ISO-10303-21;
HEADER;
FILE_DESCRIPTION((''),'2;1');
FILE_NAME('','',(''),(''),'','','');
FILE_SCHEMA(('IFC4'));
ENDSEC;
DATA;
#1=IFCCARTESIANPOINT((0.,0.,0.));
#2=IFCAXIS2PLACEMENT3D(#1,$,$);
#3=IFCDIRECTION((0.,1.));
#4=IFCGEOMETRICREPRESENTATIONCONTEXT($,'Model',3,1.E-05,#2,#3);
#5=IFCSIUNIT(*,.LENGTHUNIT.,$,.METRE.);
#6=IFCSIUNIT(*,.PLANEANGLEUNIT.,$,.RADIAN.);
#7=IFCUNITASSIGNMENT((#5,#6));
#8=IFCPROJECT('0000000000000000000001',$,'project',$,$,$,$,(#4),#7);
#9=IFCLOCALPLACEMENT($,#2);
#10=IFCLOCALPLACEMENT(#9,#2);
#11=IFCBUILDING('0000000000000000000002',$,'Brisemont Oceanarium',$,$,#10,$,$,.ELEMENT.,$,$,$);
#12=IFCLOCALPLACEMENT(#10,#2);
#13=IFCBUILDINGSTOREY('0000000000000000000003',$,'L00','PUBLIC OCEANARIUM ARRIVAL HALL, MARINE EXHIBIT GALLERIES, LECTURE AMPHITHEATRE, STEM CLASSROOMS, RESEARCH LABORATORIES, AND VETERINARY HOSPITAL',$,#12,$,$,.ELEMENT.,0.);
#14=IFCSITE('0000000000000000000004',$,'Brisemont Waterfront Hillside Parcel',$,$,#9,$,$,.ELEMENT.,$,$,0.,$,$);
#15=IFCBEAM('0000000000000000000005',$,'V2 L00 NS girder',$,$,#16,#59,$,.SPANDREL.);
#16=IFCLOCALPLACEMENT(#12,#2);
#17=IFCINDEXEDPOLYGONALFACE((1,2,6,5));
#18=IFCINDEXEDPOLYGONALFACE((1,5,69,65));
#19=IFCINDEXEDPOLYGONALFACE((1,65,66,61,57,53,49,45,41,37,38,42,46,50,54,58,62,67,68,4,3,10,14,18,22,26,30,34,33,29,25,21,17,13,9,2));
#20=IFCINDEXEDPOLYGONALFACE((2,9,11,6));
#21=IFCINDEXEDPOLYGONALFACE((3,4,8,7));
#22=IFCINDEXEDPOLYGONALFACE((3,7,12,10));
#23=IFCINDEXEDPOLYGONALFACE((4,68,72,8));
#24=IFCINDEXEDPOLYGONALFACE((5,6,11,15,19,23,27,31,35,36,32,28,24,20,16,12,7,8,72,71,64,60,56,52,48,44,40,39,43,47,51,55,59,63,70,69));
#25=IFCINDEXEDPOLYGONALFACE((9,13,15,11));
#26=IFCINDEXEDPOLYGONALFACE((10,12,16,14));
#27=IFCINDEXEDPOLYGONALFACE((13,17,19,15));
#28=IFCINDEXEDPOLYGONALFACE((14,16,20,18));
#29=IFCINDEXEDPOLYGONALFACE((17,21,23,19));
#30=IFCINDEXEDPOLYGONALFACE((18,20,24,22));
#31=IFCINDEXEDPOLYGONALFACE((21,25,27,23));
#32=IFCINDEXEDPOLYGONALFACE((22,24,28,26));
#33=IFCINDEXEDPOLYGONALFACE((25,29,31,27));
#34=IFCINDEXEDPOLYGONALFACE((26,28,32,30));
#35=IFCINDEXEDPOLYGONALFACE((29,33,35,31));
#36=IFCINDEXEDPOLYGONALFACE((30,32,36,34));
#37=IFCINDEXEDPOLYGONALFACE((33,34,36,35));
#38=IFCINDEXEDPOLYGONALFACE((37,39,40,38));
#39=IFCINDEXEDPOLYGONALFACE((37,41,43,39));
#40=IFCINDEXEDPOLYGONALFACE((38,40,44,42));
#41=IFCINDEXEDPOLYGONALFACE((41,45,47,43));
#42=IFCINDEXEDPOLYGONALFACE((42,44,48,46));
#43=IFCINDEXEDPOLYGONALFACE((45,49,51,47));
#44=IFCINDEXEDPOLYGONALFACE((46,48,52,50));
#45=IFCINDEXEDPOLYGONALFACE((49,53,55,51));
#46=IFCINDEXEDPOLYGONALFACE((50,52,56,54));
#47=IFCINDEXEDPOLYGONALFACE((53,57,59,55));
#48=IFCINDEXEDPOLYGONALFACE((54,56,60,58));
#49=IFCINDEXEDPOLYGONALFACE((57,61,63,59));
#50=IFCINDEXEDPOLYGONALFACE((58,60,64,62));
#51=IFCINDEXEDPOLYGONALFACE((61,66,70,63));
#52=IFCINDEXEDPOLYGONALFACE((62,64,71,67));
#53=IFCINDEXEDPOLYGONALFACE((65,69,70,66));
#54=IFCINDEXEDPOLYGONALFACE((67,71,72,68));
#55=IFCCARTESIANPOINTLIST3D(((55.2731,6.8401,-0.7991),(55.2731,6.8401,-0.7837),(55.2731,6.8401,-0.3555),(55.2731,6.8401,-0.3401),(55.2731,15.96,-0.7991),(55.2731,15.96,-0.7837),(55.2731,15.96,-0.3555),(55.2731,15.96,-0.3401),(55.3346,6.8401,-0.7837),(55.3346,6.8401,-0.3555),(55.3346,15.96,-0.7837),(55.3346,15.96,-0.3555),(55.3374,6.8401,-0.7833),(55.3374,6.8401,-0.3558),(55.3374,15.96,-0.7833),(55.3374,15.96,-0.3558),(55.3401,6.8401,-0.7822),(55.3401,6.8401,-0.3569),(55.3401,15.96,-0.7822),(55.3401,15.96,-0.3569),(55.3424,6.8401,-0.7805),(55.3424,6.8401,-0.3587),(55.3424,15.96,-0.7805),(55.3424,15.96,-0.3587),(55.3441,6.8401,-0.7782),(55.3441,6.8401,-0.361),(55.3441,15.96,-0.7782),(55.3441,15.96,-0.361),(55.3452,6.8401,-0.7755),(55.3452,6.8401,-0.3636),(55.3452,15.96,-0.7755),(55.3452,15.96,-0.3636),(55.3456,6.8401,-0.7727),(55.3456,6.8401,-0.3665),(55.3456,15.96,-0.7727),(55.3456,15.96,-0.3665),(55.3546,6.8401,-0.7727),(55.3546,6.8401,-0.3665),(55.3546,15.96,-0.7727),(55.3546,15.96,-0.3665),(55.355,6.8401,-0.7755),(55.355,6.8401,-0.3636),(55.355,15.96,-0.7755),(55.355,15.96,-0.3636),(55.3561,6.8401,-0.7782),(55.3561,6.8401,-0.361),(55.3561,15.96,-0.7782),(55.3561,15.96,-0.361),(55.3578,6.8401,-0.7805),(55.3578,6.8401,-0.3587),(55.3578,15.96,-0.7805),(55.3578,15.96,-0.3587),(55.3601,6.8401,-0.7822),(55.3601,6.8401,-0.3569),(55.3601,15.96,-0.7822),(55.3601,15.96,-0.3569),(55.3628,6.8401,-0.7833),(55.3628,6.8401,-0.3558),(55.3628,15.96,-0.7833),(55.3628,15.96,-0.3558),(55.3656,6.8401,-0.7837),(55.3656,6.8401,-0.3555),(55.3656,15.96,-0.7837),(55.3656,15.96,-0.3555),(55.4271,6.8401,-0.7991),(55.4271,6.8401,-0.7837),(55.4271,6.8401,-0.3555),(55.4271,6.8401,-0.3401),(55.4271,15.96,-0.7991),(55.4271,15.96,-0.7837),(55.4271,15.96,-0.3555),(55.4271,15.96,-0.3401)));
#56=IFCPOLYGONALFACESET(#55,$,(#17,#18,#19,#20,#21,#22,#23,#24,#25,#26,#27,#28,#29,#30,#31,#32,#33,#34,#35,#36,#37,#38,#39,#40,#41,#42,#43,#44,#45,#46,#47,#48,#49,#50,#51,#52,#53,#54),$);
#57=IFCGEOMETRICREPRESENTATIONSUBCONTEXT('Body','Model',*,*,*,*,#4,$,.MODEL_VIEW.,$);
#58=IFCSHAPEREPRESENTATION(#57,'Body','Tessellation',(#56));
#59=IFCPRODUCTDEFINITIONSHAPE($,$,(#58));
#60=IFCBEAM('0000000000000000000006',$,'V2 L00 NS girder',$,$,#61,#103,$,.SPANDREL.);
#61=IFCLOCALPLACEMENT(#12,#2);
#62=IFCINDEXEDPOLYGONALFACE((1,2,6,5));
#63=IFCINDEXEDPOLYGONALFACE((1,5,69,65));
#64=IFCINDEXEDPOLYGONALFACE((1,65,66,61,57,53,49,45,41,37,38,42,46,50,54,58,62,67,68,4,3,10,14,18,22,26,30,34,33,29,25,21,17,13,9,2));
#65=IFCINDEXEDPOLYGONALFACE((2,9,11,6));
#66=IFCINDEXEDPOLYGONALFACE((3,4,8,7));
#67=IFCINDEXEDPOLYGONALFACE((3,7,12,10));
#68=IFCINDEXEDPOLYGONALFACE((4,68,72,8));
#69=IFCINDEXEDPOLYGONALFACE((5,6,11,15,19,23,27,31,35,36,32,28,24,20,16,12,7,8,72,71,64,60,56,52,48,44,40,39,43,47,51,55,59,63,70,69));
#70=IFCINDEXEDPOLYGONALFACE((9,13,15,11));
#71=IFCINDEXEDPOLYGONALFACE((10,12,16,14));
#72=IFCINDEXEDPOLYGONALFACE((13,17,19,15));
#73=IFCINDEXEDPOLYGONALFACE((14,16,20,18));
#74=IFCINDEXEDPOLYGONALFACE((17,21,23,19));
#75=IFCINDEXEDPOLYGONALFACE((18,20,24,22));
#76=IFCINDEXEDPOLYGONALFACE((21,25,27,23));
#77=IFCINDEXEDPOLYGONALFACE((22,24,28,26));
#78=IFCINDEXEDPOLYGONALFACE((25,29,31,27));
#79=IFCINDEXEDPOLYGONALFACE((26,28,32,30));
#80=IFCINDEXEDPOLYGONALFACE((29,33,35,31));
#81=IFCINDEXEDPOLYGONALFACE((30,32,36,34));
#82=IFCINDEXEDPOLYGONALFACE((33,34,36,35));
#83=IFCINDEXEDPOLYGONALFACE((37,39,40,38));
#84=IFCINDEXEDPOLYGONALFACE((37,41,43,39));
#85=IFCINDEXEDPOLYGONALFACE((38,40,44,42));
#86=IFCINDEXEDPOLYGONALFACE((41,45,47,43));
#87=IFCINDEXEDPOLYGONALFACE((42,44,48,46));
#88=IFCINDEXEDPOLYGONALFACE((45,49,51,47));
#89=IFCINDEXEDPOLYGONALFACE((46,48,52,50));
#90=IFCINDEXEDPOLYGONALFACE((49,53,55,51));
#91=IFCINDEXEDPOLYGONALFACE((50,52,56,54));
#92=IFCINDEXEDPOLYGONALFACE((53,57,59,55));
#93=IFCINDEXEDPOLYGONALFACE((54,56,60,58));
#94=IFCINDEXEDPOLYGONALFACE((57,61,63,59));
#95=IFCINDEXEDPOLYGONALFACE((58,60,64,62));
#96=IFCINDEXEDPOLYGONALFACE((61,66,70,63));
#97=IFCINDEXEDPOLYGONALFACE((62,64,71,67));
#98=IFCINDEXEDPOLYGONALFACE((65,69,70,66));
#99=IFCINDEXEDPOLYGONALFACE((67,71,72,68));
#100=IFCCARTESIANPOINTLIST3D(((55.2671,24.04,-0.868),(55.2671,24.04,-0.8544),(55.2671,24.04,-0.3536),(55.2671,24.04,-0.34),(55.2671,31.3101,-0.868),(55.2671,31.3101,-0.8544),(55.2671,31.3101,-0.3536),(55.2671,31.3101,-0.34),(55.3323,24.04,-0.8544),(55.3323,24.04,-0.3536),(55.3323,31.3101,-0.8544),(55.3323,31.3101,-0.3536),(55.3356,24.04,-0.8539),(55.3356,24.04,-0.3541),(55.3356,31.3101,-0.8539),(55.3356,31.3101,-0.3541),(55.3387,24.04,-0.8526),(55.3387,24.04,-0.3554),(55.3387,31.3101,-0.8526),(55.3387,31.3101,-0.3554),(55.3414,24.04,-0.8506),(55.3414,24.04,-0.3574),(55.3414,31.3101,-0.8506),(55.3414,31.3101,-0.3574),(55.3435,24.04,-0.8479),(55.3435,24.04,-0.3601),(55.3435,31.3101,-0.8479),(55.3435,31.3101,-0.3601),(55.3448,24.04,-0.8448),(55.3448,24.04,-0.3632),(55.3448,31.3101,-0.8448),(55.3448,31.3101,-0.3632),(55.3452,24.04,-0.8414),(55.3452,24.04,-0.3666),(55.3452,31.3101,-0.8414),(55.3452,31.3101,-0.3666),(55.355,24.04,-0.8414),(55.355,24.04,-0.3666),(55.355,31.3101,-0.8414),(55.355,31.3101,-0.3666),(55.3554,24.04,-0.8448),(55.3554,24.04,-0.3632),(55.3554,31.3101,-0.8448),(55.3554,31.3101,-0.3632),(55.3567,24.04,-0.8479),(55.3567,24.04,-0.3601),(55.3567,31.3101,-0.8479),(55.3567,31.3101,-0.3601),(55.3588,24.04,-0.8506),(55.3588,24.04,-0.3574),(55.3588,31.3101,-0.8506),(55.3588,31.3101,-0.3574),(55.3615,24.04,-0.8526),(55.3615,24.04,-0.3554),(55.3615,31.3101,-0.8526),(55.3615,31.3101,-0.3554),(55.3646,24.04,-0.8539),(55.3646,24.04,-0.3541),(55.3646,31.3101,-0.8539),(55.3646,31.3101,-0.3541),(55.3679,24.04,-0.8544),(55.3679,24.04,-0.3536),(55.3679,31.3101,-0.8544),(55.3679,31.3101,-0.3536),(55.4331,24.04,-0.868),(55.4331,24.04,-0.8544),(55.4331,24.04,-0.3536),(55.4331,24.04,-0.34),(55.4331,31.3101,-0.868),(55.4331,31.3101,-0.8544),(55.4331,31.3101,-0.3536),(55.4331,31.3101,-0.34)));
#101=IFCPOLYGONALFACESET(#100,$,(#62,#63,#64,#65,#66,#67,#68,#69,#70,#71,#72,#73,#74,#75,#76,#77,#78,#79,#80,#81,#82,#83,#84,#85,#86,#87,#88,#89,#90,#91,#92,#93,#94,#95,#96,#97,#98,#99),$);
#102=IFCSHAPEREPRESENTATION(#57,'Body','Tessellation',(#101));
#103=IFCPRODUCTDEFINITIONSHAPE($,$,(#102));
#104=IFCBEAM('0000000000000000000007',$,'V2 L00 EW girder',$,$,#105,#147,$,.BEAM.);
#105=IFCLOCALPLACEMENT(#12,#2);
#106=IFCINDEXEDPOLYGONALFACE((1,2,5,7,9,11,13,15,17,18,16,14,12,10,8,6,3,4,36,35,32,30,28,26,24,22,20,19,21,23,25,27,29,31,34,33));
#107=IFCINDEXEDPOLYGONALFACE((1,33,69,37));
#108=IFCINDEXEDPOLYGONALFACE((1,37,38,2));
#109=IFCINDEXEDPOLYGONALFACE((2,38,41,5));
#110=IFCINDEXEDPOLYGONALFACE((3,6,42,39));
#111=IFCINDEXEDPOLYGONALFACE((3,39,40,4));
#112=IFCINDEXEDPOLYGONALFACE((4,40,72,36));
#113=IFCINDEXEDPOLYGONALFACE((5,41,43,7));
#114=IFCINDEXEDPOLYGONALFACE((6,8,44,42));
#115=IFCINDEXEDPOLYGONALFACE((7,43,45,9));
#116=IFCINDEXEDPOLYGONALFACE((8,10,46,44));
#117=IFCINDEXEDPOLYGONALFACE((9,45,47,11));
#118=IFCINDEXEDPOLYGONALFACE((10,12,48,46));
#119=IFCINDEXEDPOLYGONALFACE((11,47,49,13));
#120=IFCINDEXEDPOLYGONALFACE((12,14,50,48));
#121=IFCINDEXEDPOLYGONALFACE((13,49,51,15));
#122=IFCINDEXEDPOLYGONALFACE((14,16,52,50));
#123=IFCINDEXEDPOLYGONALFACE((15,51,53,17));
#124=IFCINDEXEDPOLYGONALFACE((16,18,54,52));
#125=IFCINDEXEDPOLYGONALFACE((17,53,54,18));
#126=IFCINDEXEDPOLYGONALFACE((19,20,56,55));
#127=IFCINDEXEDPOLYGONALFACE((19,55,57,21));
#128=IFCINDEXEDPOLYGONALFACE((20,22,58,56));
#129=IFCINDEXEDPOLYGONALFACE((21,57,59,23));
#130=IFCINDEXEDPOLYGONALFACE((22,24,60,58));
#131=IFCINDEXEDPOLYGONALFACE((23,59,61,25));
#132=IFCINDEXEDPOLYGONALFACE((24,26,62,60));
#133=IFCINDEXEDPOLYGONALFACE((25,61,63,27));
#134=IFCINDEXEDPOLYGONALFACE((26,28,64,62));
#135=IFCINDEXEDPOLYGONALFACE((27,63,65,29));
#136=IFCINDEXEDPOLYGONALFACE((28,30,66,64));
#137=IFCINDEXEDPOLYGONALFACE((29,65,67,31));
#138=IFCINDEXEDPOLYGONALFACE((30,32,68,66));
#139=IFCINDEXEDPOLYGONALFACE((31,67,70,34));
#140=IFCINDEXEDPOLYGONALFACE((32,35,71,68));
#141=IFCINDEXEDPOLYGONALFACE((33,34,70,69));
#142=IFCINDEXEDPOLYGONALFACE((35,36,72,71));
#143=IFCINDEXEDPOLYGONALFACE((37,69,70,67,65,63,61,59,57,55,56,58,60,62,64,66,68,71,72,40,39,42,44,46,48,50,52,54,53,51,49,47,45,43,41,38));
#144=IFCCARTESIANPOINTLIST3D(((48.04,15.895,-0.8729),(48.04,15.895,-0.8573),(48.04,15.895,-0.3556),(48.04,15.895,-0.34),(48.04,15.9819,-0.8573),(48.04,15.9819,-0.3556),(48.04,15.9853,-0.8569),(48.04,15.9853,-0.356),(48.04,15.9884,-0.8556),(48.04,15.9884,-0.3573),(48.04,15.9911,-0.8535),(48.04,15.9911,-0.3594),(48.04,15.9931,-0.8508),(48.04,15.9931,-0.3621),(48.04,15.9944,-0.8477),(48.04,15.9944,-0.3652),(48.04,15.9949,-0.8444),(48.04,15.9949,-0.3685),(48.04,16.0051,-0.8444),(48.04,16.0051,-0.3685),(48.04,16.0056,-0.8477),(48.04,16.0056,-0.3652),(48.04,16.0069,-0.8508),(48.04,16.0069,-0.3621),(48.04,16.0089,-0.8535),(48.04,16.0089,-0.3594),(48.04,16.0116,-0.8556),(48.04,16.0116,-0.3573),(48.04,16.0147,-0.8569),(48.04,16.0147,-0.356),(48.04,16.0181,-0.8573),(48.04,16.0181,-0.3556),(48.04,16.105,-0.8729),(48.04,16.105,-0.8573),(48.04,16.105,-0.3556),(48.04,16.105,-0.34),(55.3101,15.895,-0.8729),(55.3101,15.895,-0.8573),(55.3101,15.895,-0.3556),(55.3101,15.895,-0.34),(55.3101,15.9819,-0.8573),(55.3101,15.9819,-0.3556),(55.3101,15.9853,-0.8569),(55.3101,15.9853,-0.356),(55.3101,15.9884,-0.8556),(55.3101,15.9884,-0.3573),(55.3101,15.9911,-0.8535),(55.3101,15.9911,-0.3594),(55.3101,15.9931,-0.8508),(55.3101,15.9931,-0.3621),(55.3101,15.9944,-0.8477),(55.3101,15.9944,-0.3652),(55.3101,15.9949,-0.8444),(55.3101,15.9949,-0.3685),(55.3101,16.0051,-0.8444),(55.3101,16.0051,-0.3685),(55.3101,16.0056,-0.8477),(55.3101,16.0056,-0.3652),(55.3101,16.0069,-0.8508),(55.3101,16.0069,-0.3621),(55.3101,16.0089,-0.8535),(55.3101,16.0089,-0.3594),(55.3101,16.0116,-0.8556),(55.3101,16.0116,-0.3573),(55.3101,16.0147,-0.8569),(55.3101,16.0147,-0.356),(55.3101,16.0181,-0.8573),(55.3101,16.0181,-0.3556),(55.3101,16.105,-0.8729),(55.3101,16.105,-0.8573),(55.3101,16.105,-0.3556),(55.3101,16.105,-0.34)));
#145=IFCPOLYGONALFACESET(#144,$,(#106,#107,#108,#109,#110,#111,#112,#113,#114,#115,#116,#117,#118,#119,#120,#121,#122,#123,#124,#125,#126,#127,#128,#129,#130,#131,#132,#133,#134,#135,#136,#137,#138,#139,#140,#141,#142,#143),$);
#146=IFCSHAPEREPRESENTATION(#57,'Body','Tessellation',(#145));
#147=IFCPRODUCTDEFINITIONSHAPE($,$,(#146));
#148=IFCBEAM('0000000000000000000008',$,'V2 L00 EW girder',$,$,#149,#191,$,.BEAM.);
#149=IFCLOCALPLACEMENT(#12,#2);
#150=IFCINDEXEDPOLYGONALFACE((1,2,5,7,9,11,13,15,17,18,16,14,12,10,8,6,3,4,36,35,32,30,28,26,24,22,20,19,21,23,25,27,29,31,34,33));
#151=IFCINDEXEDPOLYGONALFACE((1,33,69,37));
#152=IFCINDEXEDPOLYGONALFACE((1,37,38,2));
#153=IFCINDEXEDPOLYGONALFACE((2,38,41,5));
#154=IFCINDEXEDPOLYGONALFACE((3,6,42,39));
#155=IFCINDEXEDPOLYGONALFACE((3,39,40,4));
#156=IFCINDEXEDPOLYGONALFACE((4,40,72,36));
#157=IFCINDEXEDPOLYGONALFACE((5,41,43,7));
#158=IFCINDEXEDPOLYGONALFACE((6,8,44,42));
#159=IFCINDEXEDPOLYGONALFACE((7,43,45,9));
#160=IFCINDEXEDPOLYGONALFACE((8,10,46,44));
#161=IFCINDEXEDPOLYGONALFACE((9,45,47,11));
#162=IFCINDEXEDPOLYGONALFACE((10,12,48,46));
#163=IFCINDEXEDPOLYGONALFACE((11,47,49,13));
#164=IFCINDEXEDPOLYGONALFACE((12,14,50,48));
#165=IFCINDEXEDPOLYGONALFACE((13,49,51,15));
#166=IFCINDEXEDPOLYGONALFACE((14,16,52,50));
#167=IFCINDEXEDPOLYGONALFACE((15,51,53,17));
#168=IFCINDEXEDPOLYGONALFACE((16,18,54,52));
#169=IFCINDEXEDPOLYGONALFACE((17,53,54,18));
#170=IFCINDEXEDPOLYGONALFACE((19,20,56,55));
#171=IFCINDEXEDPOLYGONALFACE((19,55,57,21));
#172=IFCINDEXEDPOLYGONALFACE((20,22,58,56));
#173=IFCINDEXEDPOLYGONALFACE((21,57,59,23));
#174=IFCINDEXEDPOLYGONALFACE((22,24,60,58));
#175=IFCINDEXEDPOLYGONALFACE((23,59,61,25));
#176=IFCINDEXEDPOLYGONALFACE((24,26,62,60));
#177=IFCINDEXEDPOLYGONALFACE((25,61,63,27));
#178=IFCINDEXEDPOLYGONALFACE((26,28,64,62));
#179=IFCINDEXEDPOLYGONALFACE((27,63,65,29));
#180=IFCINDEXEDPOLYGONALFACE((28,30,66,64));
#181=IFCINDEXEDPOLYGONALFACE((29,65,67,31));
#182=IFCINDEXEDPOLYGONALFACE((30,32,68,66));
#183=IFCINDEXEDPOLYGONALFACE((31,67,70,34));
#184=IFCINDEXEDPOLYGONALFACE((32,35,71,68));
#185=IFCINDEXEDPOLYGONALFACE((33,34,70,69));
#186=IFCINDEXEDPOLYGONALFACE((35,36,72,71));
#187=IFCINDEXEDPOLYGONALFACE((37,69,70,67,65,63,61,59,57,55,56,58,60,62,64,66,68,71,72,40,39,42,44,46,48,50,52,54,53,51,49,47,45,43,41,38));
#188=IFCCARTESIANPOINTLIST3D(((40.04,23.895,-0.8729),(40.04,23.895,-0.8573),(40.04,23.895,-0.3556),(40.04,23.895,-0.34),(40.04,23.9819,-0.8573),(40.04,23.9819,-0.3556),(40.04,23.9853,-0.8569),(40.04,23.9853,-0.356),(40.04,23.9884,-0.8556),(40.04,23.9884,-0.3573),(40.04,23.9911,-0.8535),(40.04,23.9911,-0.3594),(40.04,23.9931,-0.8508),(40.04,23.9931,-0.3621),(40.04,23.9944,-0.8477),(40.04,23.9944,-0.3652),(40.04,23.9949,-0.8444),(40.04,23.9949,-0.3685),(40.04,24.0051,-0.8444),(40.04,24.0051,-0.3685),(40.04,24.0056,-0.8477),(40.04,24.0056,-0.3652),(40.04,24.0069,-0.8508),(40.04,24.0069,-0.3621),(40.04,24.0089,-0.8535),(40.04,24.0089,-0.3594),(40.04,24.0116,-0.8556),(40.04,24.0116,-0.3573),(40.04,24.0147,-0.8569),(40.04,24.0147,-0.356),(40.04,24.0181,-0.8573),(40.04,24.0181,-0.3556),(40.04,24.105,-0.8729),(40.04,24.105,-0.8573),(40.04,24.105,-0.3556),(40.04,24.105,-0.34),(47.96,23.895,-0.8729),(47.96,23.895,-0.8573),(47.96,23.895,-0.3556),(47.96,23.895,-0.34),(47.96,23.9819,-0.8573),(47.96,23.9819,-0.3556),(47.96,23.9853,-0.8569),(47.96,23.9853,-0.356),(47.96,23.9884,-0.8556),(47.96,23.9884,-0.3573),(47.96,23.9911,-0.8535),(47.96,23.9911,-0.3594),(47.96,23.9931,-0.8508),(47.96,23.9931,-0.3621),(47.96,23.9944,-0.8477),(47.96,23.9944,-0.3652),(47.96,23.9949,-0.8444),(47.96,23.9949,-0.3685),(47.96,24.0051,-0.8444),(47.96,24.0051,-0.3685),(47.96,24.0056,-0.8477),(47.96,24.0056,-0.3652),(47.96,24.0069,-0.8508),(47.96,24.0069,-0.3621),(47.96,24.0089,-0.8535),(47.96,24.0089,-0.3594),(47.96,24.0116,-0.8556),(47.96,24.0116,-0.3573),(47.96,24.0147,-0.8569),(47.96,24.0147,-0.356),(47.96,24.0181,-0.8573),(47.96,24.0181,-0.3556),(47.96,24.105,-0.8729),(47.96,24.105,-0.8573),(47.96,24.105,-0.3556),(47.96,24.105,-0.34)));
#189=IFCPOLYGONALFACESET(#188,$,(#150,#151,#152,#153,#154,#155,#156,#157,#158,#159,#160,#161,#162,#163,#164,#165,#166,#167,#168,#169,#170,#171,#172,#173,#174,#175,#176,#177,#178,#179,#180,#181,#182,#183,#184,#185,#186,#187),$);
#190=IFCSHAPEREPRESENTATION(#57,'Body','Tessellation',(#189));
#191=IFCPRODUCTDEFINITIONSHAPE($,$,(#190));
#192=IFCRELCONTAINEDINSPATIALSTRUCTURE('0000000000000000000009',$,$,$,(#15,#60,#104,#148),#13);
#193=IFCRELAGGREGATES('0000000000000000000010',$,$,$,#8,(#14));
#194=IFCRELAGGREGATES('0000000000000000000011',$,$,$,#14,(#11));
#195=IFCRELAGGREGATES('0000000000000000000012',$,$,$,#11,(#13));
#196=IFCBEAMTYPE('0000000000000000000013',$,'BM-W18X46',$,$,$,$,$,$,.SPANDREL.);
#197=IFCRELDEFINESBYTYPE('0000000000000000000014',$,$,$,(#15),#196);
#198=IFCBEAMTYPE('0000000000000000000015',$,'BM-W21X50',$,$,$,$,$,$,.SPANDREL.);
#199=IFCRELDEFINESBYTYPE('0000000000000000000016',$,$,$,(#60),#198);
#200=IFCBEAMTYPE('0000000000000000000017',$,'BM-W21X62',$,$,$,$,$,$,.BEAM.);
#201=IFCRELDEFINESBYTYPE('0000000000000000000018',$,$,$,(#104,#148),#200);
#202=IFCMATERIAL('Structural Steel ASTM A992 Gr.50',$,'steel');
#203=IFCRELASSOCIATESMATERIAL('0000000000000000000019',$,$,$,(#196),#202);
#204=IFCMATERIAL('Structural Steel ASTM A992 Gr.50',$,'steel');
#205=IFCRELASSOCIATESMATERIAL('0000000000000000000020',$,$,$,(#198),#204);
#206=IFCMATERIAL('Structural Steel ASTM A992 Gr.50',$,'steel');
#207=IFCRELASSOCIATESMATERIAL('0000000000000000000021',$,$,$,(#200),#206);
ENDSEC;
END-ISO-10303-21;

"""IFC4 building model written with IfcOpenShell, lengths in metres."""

from ifc_helpers import new_model, si_unit, direction, frame, origin, origin_2d, place, context, subcontext, project, spatial, i_section, extrude, material, material_profile, profile_set, type_object, element, save


model = new_model("IFC4")

# Units and contexts
model_context = context("Model", 3, precision=1e-05, world=origin(), true_north=direction((0.0, 1.0)))
body_context = subcontext(model_context, "Body", "Model", "MODEL_VIEW")
ifc_project = project(units=[si_unit("LENGTHUNIT", "METRE"), si_unit("PLANEANGLEUNIT", "RADIAN")], contexts=[model_context])

# Site, building, storey
site_placement = place(None, origin())
site = spatial("IfcSite", under=ifc_project, at=site_placement, Name="Brisemont Waterfront Hillside Parcel", CompositionType="ELEMENT", RefElevation=0.0)
building_placement = place(site_placement, origin())
building = spatial("IfcBuilding", under=site, at=building_placement, Name="Brisemont Oceanarium", CompositionType="ELEMENT")
storey_placement = place(building_placement, origin())
storey = spatial("IfcBuildingStorey", under=building, at=storey_placement, Name="L00", Description="PUBLIC OCEANARIUM ARRIVAL HALL, MARINE EXHIBIT GALLERIES, LECTURE AMPHITHEATRE, STEM CLASSROOMS, RESEARCH LABORATORIES, AND VETERINARY HOSPITAL", CompositionType="ELEMENT", Elevation=0.0)

# Beams
ifc_material_1 = material(Name="Structural Steel ASTM A992 Gr.50", Category="steel")
ifc_material_profile_1 = material_profile(ifc_material_1, i_section(OverallWidth=0.1541, OverallDepth=0.459, WebThickness=0.009, FlangeThickness=0.0154, FilletRadius=0.011, at=origin_2d()), Name="W18X46")
ifc_profile_set_1 = profile_set([ifc_material_profile_1], Name="Structural Steel ASTM A992 Gr.50")
beam_type_1 = type_object("IfcBeamType", Name="BM-W18X46", PredefinedType="SPANDREL", material=ifc_profile_set_1)
beam_1_placement = place(storey_placement, frame((55.3501, 6.8401, -0.5696), z_axis=(0.0, 1.0, 0.0), x_axis=(-1.0, 0.0, 0.0)))
element("IfcBeam", 1, at=beam_1_placement, inside=storey, type_object=beam_type_1, Name="V2 L00 NS girder", PredefinedType="SPANDREL", context=body_context, shape_type="SweptSolid", body=[
    extrude(i_section(OverallWidth=0.1541, OverallDepth=0.459, WebThickness=0.009, FlangeThickness=0.0154, FilletRadius=0.011, at=origin_2d()), origin(), (0.0, 0.0, 1.0), 9.1199),
])
ifc_material_2 = material(Name="Structural Steel ASTM A992 Gr.50", Category="steel")
ifc_material_profile_2 = material_profile(ifc_material_2, i_section(OverallWidth=0.166, OverallDepth=0.5281, WebThickness=0.0098, FlangeThickness=0.0137, FilletRadius=0.0129, at=origin_2d()), Name="W21X50")
ifc_profile_set_2 = profile_set([ifc_material_profile_2], Name="Structural Steel ASTM A992 Gr.50")
beam_type_2 = type_object("IfcBeamType", Name="BM-W21X50", PredefinedType="SPANDREL", material=ifc_profile_set_2)
beam_2_placement = place(storey_placement, frame((55.3501, 24.04, -0.604), z_axis=(0.0, 1.0, 0.0), x_axis=(-1.0, 0.0, 0.0)))
element("IfcBeam", 2, at=beam_2_placement, inside=storey, type_object=beam_type_2, Name="V2 L00 NS girder", PredefinedType="SPANDREL", context=body_context, shape_type="SweptSolid", body=[
    extrude(i_section(OverallWidth=0.166, OverallDepth=0.5281, WebThickness=0.0098, FlangeThickness=0.0137, FilletRadius=0.0129, at=origin_2d()), origin(), (0.0, 0.0, 1.0), 7.27),
])
ifc_material_3 = material(Name="Structural Steel ASTM A992 Gr.50", Category="steel")
ifc_material_profile_3 = material_profile(ifc_material_3, i_section(OverallWidth=0.21, OverallDepth=0.533, WebThickness=0.0103, FlangeThickness=0.0156, FilletRadius=0.0129, at=origin_2d()), Name="W21X62")
ifc_profile_set_3 = profile_set([ifc_material_profile_3], Name="Structural Steel ASTM A992 Gr.50")
beam_type_3 = type_object("IfcBeamType", Name="BM-W21X62", PredefinedType="BEAM", material=ifc_profile_set_3)
beam_3_placement = place(storey_placement, frame((48.04, 16.0, -0.6064), z_axis=(1.0, 0.0, 0.0), x_axis=(0.0, 1.0, 0.0)))
element("IfcBeam", 3, at=beam_3_placement, inside=storey, type_object=beam_type_3, Name="V2 L00 EW girder", PredefinedType="BEAM", context=body_context, shape_type="SweptSolid", body=[
    extrude(i_section(OverallWidth=0.21, OverallDepth=0.533, WebThickness=0.0103, FlangeThickness=0.0156, FilletRadius=0.0129, at=origin_2d()), origin(), (0.0, 0.0, 1.0), 7.27),
])
beam_4_placement = place(storey_placement, frame((40.04, 24.0, -0.6064), z_axis=(1.0, 0.0, 0.0), x_axis=(0.0, 1.0, 0.0)))
element("IfcBeam", 4, at=beam_4_placement, inside=storey, type_object=beam_type_3, Name="V2 L00 EW girder", PredefinedType="BEAM", context=body_context, shape_type="SweptSolid", body=[
    extrude(i_section(OverallWidth=0.21, OverallDepth=0.533, WebThickness=0.0103, FlangeThickness=0.0156, FilletRadius=0.0129, at=origin_2d()), origin(), (0.0, 0.0, 1.0), 7.9199),
])

save(model, "model.ifc")
